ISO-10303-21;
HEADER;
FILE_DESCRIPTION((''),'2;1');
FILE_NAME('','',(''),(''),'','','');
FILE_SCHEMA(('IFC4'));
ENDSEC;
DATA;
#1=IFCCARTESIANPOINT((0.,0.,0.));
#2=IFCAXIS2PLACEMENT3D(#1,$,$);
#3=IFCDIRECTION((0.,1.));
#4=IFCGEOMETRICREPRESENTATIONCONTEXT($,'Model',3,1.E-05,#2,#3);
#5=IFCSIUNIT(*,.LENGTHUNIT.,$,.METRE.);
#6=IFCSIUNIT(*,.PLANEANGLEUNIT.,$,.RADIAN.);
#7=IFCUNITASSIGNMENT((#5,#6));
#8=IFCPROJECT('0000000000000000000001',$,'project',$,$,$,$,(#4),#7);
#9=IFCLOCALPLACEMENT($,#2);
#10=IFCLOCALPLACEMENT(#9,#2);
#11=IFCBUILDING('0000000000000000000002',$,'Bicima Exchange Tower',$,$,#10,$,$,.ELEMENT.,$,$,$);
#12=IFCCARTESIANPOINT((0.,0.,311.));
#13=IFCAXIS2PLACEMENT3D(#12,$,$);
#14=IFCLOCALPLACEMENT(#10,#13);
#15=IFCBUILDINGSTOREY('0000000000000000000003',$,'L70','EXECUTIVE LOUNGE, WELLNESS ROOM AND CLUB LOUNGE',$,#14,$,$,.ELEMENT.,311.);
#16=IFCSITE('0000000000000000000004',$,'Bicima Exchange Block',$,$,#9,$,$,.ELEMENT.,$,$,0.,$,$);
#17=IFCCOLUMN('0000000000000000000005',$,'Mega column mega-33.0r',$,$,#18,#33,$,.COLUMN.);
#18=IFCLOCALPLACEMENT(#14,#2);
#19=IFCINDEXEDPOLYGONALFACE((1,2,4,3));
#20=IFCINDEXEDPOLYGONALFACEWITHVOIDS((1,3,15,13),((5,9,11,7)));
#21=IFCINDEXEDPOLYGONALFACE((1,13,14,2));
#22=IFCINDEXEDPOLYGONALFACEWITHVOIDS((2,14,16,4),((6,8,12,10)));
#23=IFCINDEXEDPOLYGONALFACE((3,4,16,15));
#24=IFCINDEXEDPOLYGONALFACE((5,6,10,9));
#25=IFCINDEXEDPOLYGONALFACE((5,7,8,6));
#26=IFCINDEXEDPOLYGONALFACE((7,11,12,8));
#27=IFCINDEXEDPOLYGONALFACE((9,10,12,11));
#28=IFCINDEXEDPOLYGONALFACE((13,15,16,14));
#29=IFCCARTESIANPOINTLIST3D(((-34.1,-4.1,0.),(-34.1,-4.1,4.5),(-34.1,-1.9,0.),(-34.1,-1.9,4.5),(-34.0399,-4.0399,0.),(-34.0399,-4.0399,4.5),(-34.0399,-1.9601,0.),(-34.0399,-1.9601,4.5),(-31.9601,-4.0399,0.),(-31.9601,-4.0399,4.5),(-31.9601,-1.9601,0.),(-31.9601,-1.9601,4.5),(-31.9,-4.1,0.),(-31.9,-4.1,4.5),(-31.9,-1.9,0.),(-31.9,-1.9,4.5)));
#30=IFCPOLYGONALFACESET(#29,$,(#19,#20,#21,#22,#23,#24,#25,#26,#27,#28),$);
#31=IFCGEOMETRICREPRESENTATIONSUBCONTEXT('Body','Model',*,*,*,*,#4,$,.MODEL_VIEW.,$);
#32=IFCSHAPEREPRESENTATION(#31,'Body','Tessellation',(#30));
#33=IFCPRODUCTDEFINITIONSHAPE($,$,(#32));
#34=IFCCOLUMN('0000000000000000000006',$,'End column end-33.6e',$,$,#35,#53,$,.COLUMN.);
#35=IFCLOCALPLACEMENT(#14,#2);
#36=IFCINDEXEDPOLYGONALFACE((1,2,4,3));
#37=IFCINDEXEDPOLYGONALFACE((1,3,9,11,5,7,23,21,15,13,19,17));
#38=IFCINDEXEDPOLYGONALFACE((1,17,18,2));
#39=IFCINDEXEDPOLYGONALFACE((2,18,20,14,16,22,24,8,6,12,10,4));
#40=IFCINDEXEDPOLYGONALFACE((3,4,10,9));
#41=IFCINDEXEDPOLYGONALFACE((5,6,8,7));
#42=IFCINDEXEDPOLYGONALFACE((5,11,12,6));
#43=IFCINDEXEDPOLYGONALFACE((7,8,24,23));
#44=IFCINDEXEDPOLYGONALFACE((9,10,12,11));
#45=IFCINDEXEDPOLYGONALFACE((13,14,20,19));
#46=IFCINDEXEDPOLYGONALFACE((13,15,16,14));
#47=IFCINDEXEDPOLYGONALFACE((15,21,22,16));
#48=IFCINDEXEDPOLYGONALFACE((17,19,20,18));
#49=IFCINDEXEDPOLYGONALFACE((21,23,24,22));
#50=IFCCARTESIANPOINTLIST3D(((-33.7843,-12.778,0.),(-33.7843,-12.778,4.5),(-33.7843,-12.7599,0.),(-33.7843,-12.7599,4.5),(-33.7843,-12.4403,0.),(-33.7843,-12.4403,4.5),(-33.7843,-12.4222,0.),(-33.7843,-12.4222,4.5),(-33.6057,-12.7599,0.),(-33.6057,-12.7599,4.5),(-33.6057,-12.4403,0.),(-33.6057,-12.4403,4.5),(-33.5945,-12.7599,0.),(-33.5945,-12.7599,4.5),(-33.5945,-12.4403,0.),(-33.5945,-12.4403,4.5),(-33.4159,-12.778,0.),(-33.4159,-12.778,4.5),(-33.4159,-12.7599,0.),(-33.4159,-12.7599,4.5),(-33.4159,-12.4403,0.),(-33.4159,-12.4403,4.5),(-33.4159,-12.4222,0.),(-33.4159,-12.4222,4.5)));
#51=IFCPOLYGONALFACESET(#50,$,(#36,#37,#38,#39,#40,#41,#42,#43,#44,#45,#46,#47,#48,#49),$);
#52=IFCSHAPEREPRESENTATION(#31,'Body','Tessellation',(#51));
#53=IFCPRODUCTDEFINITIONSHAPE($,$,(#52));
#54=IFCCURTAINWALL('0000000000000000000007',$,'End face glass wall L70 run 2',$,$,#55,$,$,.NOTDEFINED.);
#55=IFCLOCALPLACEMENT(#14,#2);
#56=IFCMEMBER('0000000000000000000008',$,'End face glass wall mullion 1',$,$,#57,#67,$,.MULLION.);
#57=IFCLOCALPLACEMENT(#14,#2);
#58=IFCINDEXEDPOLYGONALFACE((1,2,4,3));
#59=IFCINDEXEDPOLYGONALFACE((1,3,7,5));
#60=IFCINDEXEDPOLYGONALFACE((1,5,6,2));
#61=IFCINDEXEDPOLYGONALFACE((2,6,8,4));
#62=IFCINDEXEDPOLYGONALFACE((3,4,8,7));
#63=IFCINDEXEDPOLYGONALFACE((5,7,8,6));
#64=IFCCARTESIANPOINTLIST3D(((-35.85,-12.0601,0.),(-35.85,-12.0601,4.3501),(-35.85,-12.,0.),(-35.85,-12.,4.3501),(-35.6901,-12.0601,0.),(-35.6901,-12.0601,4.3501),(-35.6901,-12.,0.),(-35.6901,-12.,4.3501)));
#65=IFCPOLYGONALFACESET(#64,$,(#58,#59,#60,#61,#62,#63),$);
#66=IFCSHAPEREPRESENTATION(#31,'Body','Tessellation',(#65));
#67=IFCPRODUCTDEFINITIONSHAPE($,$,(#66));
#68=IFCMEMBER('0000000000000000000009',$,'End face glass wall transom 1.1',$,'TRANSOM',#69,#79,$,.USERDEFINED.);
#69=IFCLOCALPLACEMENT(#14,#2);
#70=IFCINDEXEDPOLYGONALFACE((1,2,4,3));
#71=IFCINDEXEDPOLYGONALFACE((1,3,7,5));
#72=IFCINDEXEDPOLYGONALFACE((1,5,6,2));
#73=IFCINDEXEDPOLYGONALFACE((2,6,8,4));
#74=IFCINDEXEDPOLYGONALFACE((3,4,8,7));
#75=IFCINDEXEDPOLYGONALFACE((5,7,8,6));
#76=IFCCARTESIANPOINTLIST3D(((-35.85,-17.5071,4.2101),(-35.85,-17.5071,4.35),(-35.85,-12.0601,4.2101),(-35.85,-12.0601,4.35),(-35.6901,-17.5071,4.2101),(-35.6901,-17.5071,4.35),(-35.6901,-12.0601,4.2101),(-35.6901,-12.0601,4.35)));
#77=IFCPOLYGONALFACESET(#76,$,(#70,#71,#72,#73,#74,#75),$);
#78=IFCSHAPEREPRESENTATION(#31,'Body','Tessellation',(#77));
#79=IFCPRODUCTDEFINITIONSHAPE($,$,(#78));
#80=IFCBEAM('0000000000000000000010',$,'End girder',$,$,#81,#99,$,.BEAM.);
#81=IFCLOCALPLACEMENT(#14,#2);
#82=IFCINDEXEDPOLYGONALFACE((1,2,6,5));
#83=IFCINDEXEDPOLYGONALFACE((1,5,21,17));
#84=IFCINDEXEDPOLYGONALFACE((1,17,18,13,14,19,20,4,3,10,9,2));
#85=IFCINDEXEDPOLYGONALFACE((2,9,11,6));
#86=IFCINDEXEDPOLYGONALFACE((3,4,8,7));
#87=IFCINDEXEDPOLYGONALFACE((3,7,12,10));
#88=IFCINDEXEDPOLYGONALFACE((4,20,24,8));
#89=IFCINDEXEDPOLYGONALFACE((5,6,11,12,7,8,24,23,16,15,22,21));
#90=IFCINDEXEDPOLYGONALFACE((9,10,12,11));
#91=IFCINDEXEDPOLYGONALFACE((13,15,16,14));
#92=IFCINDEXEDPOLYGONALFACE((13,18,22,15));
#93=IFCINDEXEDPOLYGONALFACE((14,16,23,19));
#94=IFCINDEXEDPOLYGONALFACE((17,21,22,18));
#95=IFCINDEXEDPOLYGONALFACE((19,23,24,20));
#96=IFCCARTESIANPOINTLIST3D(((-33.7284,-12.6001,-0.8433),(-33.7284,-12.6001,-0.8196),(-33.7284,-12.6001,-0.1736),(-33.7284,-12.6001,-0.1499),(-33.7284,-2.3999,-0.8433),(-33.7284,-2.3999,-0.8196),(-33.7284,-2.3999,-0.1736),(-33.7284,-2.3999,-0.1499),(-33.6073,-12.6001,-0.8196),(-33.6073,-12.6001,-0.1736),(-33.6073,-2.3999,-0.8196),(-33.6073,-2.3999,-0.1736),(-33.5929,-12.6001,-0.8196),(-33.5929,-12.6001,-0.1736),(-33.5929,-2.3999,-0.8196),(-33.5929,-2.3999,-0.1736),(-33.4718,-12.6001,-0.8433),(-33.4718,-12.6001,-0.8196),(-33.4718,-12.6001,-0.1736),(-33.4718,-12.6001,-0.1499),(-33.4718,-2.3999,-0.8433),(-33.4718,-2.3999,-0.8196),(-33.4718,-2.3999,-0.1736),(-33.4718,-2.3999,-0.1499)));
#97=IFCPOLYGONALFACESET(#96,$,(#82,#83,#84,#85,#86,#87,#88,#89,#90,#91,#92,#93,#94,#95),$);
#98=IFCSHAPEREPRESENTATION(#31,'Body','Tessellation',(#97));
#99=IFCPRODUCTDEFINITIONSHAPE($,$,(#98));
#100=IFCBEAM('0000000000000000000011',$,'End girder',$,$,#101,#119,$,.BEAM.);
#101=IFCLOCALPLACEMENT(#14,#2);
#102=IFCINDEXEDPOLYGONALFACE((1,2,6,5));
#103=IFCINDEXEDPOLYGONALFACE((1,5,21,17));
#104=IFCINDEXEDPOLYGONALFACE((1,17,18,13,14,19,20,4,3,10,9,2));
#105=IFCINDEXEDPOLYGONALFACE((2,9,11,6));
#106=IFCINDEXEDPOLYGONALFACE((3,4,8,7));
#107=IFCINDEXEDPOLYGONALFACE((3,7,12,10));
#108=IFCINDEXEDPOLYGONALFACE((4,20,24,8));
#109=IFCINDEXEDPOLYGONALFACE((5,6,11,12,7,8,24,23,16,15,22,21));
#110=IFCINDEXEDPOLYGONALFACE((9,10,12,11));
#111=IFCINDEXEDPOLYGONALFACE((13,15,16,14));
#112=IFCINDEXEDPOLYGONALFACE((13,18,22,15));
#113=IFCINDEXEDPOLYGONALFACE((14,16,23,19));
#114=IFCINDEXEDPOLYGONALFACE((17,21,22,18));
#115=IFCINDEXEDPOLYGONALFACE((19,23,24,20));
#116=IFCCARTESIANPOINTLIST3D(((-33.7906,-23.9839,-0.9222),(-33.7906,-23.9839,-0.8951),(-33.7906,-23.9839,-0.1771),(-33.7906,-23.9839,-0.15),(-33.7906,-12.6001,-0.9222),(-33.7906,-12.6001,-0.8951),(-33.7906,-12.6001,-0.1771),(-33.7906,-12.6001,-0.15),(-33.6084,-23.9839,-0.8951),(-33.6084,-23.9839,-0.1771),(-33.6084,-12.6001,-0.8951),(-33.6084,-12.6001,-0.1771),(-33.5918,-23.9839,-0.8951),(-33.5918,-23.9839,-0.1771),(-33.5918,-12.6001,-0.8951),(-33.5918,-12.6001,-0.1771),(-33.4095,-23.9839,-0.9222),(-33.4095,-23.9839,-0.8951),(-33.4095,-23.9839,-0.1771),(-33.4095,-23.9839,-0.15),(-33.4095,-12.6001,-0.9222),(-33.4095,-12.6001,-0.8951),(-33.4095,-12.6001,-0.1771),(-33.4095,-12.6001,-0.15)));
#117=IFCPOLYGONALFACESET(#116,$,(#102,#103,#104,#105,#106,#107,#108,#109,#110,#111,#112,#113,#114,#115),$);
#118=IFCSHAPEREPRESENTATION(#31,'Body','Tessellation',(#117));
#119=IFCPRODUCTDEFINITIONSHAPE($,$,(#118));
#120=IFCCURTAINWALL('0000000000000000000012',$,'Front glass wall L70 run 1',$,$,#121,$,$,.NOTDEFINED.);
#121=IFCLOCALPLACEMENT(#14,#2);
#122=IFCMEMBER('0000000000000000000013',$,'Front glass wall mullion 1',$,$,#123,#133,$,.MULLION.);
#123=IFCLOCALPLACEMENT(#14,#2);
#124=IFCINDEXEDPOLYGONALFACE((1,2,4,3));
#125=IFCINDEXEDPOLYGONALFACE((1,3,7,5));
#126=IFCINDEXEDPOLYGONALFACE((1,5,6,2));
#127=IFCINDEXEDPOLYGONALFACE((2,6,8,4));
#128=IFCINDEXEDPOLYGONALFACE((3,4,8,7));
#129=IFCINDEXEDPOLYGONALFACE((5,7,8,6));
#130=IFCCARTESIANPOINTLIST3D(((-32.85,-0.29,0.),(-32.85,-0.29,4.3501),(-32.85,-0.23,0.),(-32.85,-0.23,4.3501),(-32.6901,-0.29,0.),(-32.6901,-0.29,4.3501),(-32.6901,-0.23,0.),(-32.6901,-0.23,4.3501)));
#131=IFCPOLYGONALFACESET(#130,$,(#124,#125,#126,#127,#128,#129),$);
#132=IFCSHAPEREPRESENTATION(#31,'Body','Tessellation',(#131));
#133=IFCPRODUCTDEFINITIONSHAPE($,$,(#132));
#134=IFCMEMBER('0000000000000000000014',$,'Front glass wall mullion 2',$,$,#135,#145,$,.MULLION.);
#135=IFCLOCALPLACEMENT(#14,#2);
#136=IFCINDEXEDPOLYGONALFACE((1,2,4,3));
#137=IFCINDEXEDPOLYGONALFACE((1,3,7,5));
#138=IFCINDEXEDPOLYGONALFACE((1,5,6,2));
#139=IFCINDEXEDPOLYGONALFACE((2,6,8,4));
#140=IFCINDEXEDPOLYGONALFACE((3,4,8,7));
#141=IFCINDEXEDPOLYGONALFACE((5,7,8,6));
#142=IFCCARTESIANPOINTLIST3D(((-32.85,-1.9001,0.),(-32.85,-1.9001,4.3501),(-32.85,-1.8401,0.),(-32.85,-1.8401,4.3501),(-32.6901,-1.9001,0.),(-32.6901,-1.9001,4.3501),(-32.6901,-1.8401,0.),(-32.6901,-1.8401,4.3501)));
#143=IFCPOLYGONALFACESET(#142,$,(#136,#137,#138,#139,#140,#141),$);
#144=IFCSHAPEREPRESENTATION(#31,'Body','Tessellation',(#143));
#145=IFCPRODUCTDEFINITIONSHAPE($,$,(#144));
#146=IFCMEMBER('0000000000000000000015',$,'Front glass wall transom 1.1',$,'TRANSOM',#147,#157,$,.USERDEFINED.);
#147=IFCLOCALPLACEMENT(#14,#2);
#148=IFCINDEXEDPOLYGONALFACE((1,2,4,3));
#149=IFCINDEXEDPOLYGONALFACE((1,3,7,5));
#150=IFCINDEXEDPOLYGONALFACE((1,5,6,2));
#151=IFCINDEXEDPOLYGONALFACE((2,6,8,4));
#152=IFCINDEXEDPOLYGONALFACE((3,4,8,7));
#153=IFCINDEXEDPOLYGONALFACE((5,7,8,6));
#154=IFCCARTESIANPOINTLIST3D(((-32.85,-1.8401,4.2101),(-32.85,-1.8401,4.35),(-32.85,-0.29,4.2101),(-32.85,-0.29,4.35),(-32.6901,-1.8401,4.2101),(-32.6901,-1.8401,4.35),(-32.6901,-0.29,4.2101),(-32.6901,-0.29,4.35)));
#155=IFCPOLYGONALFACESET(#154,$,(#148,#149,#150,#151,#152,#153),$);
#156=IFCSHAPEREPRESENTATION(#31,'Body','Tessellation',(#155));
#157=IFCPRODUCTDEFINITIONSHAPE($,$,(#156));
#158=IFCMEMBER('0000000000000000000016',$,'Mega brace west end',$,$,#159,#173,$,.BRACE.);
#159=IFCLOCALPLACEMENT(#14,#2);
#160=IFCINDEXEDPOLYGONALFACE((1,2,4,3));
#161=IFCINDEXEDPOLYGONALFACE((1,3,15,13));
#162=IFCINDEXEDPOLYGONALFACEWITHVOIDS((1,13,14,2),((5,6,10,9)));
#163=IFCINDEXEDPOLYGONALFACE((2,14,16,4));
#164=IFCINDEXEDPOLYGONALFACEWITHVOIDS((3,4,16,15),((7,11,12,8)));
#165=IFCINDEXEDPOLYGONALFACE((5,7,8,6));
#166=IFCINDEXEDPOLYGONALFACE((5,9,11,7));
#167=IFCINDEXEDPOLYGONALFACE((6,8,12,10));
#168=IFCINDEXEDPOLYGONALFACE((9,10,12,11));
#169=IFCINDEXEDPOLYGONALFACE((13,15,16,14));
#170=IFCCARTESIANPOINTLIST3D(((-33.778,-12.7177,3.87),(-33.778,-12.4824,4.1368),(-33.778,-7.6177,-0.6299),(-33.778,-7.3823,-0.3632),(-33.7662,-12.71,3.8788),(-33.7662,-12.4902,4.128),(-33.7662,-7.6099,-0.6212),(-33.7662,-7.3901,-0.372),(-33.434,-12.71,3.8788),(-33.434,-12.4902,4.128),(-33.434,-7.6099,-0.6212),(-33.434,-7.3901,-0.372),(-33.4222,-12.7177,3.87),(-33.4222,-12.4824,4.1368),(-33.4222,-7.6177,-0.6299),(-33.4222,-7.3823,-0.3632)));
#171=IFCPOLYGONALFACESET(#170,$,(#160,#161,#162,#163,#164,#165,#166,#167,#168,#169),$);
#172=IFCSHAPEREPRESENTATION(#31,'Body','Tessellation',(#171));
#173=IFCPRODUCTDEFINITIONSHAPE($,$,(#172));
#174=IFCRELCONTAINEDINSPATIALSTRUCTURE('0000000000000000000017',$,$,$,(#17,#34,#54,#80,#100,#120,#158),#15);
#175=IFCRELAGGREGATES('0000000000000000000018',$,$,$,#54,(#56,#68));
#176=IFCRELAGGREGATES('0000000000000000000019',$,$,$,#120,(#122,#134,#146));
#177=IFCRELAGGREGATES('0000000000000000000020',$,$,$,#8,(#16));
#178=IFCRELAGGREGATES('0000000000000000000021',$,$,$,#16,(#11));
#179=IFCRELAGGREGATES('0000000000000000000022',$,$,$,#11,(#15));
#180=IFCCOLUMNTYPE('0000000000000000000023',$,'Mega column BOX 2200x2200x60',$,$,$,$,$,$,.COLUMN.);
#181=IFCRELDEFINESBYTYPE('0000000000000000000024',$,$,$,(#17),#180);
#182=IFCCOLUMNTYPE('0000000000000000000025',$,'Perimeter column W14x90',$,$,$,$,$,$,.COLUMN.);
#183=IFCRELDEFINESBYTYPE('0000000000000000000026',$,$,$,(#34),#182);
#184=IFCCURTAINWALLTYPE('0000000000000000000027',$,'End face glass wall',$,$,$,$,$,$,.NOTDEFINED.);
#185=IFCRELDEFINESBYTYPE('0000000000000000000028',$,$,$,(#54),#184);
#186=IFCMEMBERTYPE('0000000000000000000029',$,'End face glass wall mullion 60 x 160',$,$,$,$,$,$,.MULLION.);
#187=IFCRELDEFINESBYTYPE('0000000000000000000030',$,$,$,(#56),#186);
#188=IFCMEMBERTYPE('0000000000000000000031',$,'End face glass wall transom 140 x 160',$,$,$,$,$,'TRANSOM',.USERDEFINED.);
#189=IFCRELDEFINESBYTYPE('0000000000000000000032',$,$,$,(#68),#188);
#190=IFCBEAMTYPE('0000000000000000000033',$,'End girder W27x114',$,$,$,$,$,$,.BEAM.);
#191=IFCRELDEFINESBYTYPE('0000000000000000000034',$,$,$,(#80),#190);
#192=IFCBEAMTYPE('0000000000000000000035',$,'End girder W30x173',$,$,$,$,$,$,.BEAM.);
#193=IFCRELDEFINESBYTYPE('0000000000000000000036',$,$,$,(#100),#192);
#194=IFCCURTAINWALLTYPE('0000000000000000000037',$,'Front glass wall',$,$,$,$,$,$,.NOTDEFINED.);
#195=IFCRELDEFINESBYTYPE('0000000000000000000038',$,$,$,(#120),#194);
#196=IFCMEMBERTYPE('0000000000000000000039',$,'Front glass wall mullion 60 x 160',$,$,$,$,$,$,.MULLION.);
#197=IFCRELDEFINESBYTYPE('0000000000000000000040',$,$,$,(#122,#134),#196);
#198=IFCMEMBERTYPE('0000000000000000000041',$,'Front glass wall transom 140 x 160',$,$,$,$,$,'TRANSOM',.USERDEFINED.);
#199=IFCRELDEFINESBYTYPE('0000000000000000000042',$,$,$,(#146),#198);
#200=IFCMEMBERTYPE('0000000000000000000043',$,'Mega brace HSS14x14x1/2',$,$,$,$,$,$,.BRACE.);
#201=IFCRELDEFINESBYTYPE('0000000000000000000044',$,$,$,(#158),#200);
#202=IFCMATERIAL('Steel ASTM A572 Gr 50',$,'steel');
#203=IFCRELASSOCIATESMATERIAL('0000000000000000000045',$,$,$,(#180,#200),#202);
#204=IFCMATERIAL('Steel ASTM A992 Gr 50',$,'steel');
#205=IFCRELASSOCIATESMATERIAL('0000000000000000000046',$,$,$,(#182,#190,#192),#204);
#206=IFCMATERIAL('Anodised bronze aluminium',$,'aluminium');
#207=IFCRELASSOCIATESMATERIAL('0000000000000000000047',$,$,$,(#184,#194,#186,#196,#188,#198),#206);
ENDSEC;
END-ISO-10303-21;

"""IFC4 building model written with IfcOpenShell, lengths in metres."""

from ifc_helpers import new_model, si_unit, direction, frame, origin, origin_2d, place, context, subcontext, project, spatial, rectangle, hollow_rectangle, i_section, extrude, material, material_profile, profile_set, type_object, element, aggregate, save


model = new_model("IFC4")

# Units and contexts
model_context = context("Model", 3, precision=1e-05, world=origin(), true_north=direction((0.0, 1.0)))
body_context = subcontext(model_context, "Body", "Model", "MODEL_VIEW")
ifc_project = project(units=[si_unit("LENGTHUNIT", "METRE"), si_unit("PLANEANGLEUNIT", "RADIAN")], contexts=[model_context])

# Site, building, storey
site_placement = place(None, origin())
site = spatial("IfcSite", under=ifc_project, at=site_placement, Name="Bicima Exchange Block", CompositionType="ELEMENT", RefElevation=0.0)
building_placement = place(site_placement, origin())
building = spatial("IfcBuilding", under=site, at=building_placement, Name="Bicima Exchange Tower", CompositionType="ELEMENT")
storey_placement = place(building_placement, frame((0.0, 0.0, 311.0)))
storey = spatial("IfcBuildingStorey", under=building, at=storey_placement, Name="L70", Description="EXECUTIVE LOUNGE, WELLNESS ROOM AND CLUB LOUNGE", CompositionType="ELEMENT", Elevation=311.0)

# Columns
ifc_material_1 = material(Name="Steel ASTM A572 Gr 50", Category="steel")
ifc_material_profile_1 = material_profile(ifc_material_1, hollow_rectangle(XDim=2.2, YDim=2.2, WallThickness=0.0601, at=origin_2d()))
ifc_profile_set_1 = profile_set([ifc_material_profile_1], Name="Steel ASTM A572 Gr 50")
column_type_1 = type_object("IfcColumnType", Name="Mega column BOX 2200x2200x60", PredefinedType="COLUMN", material=ifc_profile_set_1)
column_1_placement = place(storey_placement, frame((-33.0, -3.0, 0.0), z_axis=(0.0, 0.0, 1.0), x_axis=(1.0, 0.0, 0.0)))
element("IfcColumn", 1, at=column_1_placement, inside=storey, type_object=column_type_1, Name="Mega column mega-33.0r", PredefinedType="COLUMN", context=body_context, shape_type="SweptSolid", body=[
    extrude(hollow_rectangle(XDim=2.2, YDim=2.2, WallThickness=0.0601, at=origin_2d()), origin(), (0.0, 0.0, 1.0), 4.5),
])
ifc_material_2 = material(Name="Steel ASTM A992 Gr 50", Category="steel")
ifc_material_profile_2 = material_profile(ifc_material_2, i_section(OverallWidth=0.3684, OverallDepth=0.3557, WebThickness=0.0112, FlangeThickness=0.0181, at=origin_2d()))
ifc_profile_set_2 = profile_set([ifc_material_profile_2], Name="Steel ASTM A992 Gr 50")
column_type_2 = type_object("IfcColumnType", Name="Perimeter column W14x90", PredefinedType="COLUMN", material=ifc_profile_set_2)
column_2_placement = place(storey_placement, frame((-33.6001, -12.6001, 0.0), z_axis=(0.0, 0.0, 1.0), x_axis=(1.0, 0.0, 0.0)))
element("IfcColumn", 2, at=column_2_placement, inside=storey, type_object=column_type_2, Name="End column end-33.6e", PredefinedType="COLUMN", context=body_context, shape_type="SweptSolid", body=[
    extrude(i_section(OverallWidth=0.3684, OverallDepth=0.3557, WebThickness=0.0112, FlangeThickness=0.0181, at=origin_2d()), origin(), (0.0, 0.0, 1.0), 4.5),
])

# Curtain wall, members
ifc_material_3 = material(Name="Anodised bronze aluminium", Category="aluminium")
curtain_wall_type_1 = type_object("IfcCurtainWallType", Name="End face glass wall", PredefinedType="NOTDEFINED", material=ifc_material_3)
curtain_wall_1_placement = place(storey_placement, origin())
curtain_wall_1 = element("IfcCurtainWall", 3, at=curtain_wall_1_placement, inside=storey, type_object=curtain_wall_type_1, Name="End face glass wall L70 run 2", PredefinedType="NOTDEFINED")
ifc_material_profile_3 = material_profile(ifc_material_3, rectangle(XDim=0.1599, YDim=0.0601, at=origin_2d()))
ifc_profile_set_3 = profile_set([ifc_material_profile_3], Name="Anodised bronze aluminium")
member_type_1 = type_object("IfcMemberType", Name="End face glass wall mullion 60 x 160", PredefinedType="MULLION", material=ifc_profile_set_3)
member_1_placement = place(storey_placement, frame((-35.77, -12.03, 0.0), z_axis=(0.0, 0.0, 1.0), x_axis=(1.0, 0.0, 0.0)))
member_1 = element("IfcMember", 4, at=member_1_placement, type_object=member_type_1, Name="End face glass wall mullion 1", PredefinedType="MULLION", context=body_context, shape_type="SweptSolid", body=[
    extrude(rectangle(XDim=0.1599, YDim=0.0601, at=origin_2d()), origin(), (0.0, 0.0, 1.0), 4.3501),
])
ifc_material_profile_4 = material_profile(ifc_material_3, rectangle(XDim=0.1599, YDim=0.1399, at=origin_2d()))
ifc_profile_set_4 = profile_set([ifc_material_profile_4], Name="Anodised bronze aluminium")
member_type_2 = type_object("IfcMemberType", Name="End face glass wall transom 140 x 160", ElementType="TRANSOM", PredefinedType="USERDEFINED", material=ifc_profile_set_4)
member_2_placement = place(storey_placement, frame((-35.77, -12.0601, 4.28), z_axis=(0.0, -1.0, 0.0), x_axis=(1.0, 0.0, 0.0)))
member_2 = element("IfcMember", 5, at=member_2_placement, type_object=member_type_2, Name="End face glass wall transom 1.1", ObjectType="TRANSOM", PredefinedType="USERDEFINED", context=body_context, shape_type="SweptSolid", body=[
    extrude(rectangle(XDim=0.1599, YDim=0.1399, at=origin_2d()), origin(), (0.0, 0.0, 1.0), 5.447),
])
aggregate(curtain_wall_1, [member_1, member_2])

# Beams
ifc_material_profile_5 = material_profile(ifc_material_2, i_section(OverallWidth=0.2566, OverallDepth=0.6934, WebThickness=0.0144, FlangeThickness=0.0237, at=origin_2d()))
ifc_profile_set_5 = profile_set([ifc_material_profile_5], Name="Steel ASTM A992 Gr 50")
beam_type_1 = type_object("IfcBeamType", Name="End girder W27x114", PredefinedType="BEAM", material=ifc_profile_set_5)
beam_1_placement = place(storey_placement, frame((-33.6001, -2.3999, -0.4966), z_axis=(0.0, -1.0, 0.0), x_axis=(1.0, 0.0, 0.0)))
element("IfcBeam", 6, at=beam_1_placement, inside=storey, type_object=beam_type_1, Name="End girder", PredefinedType="BEAM", context=body_context, shape_type="SweptSolid", body=[
    extrude(i_section(OverallWidth=0.2566, OverallDepth=0.6934, WebThickness=0.0144, FlangeThickness=0.0237, at=origin_2d()), origin(), (0.0, 0.0, 1.0), 10.2002),
])
ifc_material_profile_6 = material_profile(ifc_material_2, i_section(OverallWidth=0.3811, OverallDepth=0.7722, WebThickness=0.0166, FlangeThickness=0.0271, at=origin_2d()))
ifc_profile_set_6 = profile_set([ifc_material_profile_6], Name="Steel ASTM A992 Gr 50")
beam_type_2 = type_object("IfcBeamType", Name="End girder W30x173", PredefinedType="BEAM", material=ifc_profile_set_6)
beam_2_placement = place(storey_placement, frame((-33.6001, -12.6001, -0.5361), z_axis=(0.0, -1.0, 0.0), x_axis=(1.0, 0.0, 0.0)))
element("IfcBeam", 7, at=beam_2_placement, inside=storey, type_object=beam_type_2, Name="End girder", PredefinedType="BEAM", context=body_context, shape_type="SweptSolid", body=[
    extrude(i_section(OverallWidth=0.3811, OverallDepth=0.7722, WebThickness=0.0166, FlangeThickness=0.0271, at=origin_2d()), origin(), (0.0, 0.0, 1.0), 11.3838),
])

# Curtain wall, members
curtain_wall_type_2 = type_object("IfcCurtainWallType", Name="Front glass wall", PredefinedType="NOTDEFINED", material=ifc_material_3)
curtain_wall_2_placement = place(storey_placement, origin())
curtain_wall_2 = element("IfcCurtainWall", 8, at=curtain_wall_2_placement, inside=storey, type_object=curtain_wall_type_2, Name="Front glass wall L70 run 1", PredefinedType="NOTDEFINED")
member_type_3 = type_object("IfcMemberType", Name="Front glass wall mullion 60 x 160", PredefinedType="MULLION", material=ifc_profile_set_3)
member_3_placement = place(storey_placement, frame((-32.77, -0.26, 0.0), z_axis=(0.0, 0.0, 1.0), x_axis=(1.0, 0.0, 0.0)))
member_3 = element("IfcMember", 9, at=member_3_placement, type_object=member_type_3, Name="Front glass wall mullion 1", PredefinedType="MULLION", context=body_context, shape_type="SweptSolid", body=[
    extrude(rectangle(XDim=0.1599, YDim=0.0601, at=origin_2d()), origin(), (0.0, 0.0, 1.0), 4.3501),
])
member_4_placement = place(storey_placement, frame((-32.77, -1.8701, 0.0), z_axis=(0.0, 0.0, 1.0), x_axis=(1.0, 0.0, 0.0)))
member_4 = element("IfcMember", 10, at=member_4_placement, type_object=member_type_3, Name="Front glass wall mullion 2", PredefinedType="MULLION", context=body_context, shape_type="SweptSolid", body=[
    extrude(rectangle(XDim=0.1599, YDim=0.0601, at=origin_2d()), origin(), (0.0, 0.0, 1.0), 4.3501),
])
member_type_4 = type_object("IfcMemberType", Name="Front glass wall transom 140 x 160", ElementType="TRANSOM", PredefinedType="USERDEFINED", material=ifc_profile_set_4)
member_5_placement = place(storey_placement, frame((-32.77, -0.29, 4.28), z_axis=(0.0, -1.0, 0.0), x_axis=(1.0, 0.0, 0.0)))
member_5 = element("IfcMember", 11, at=member_5_placement, type_object=member_type_4, Name="Front glass wall transom 1.1", ObjectType="TRANSOM", PredefinedType="USERDEFINED", context=body_context, shape_type="SweptSolid", body=[
    extrude(rectangle(XDim=0.1599, YDim=0.1399, at=origin_2d()), origin(), (0.0, 0.0, 1.0), 1.55),
])

# Member
ifc_material_profile_7 = material_profile(ifc_material_1, hollow_rectangle(XDim=0.3557, YDim=0.3557, WallThickness=0.0117, at=origin_2d()))
ifc_profile_set_7 = profile_set([ifc_material_profile_7], Name="Steel ASTM A572 Gr 50")
member_type_5 = type_object("IfcMemberType", Name="Mega brace HSS14x14x1/2", PredefinedType="BRACE", material=ifc_profile_set_7)
for number, where, z_axis, x_axis, name in (
    (12, (-33.6001, -7.5, -0.4966), (0.0, -0.749844, 0.661615), (1.0, 0.0, 0.0), "Mega brace west end"),
):
    element("IfcMember", number, at=place(storey_placement, frame(where, z_axis=z_axis, x_axis=x_axis)), inside=storey, type_object=member_type_5, Name=name, PredefinedType="BRACE", context=body_context, shape_type="SweptSolid", body=[
        extrude(hollow_rectangle(XDim=0.3557, YDim=0.3557, WallThickness=0.0117, at=origin_2d()), origin(), (0.0, 0.0, 1.0), 6.8015),
    ])

aggregate(curtain_wall_2, [member_3, member_4, member_5])

save(model, "model.ifc")
